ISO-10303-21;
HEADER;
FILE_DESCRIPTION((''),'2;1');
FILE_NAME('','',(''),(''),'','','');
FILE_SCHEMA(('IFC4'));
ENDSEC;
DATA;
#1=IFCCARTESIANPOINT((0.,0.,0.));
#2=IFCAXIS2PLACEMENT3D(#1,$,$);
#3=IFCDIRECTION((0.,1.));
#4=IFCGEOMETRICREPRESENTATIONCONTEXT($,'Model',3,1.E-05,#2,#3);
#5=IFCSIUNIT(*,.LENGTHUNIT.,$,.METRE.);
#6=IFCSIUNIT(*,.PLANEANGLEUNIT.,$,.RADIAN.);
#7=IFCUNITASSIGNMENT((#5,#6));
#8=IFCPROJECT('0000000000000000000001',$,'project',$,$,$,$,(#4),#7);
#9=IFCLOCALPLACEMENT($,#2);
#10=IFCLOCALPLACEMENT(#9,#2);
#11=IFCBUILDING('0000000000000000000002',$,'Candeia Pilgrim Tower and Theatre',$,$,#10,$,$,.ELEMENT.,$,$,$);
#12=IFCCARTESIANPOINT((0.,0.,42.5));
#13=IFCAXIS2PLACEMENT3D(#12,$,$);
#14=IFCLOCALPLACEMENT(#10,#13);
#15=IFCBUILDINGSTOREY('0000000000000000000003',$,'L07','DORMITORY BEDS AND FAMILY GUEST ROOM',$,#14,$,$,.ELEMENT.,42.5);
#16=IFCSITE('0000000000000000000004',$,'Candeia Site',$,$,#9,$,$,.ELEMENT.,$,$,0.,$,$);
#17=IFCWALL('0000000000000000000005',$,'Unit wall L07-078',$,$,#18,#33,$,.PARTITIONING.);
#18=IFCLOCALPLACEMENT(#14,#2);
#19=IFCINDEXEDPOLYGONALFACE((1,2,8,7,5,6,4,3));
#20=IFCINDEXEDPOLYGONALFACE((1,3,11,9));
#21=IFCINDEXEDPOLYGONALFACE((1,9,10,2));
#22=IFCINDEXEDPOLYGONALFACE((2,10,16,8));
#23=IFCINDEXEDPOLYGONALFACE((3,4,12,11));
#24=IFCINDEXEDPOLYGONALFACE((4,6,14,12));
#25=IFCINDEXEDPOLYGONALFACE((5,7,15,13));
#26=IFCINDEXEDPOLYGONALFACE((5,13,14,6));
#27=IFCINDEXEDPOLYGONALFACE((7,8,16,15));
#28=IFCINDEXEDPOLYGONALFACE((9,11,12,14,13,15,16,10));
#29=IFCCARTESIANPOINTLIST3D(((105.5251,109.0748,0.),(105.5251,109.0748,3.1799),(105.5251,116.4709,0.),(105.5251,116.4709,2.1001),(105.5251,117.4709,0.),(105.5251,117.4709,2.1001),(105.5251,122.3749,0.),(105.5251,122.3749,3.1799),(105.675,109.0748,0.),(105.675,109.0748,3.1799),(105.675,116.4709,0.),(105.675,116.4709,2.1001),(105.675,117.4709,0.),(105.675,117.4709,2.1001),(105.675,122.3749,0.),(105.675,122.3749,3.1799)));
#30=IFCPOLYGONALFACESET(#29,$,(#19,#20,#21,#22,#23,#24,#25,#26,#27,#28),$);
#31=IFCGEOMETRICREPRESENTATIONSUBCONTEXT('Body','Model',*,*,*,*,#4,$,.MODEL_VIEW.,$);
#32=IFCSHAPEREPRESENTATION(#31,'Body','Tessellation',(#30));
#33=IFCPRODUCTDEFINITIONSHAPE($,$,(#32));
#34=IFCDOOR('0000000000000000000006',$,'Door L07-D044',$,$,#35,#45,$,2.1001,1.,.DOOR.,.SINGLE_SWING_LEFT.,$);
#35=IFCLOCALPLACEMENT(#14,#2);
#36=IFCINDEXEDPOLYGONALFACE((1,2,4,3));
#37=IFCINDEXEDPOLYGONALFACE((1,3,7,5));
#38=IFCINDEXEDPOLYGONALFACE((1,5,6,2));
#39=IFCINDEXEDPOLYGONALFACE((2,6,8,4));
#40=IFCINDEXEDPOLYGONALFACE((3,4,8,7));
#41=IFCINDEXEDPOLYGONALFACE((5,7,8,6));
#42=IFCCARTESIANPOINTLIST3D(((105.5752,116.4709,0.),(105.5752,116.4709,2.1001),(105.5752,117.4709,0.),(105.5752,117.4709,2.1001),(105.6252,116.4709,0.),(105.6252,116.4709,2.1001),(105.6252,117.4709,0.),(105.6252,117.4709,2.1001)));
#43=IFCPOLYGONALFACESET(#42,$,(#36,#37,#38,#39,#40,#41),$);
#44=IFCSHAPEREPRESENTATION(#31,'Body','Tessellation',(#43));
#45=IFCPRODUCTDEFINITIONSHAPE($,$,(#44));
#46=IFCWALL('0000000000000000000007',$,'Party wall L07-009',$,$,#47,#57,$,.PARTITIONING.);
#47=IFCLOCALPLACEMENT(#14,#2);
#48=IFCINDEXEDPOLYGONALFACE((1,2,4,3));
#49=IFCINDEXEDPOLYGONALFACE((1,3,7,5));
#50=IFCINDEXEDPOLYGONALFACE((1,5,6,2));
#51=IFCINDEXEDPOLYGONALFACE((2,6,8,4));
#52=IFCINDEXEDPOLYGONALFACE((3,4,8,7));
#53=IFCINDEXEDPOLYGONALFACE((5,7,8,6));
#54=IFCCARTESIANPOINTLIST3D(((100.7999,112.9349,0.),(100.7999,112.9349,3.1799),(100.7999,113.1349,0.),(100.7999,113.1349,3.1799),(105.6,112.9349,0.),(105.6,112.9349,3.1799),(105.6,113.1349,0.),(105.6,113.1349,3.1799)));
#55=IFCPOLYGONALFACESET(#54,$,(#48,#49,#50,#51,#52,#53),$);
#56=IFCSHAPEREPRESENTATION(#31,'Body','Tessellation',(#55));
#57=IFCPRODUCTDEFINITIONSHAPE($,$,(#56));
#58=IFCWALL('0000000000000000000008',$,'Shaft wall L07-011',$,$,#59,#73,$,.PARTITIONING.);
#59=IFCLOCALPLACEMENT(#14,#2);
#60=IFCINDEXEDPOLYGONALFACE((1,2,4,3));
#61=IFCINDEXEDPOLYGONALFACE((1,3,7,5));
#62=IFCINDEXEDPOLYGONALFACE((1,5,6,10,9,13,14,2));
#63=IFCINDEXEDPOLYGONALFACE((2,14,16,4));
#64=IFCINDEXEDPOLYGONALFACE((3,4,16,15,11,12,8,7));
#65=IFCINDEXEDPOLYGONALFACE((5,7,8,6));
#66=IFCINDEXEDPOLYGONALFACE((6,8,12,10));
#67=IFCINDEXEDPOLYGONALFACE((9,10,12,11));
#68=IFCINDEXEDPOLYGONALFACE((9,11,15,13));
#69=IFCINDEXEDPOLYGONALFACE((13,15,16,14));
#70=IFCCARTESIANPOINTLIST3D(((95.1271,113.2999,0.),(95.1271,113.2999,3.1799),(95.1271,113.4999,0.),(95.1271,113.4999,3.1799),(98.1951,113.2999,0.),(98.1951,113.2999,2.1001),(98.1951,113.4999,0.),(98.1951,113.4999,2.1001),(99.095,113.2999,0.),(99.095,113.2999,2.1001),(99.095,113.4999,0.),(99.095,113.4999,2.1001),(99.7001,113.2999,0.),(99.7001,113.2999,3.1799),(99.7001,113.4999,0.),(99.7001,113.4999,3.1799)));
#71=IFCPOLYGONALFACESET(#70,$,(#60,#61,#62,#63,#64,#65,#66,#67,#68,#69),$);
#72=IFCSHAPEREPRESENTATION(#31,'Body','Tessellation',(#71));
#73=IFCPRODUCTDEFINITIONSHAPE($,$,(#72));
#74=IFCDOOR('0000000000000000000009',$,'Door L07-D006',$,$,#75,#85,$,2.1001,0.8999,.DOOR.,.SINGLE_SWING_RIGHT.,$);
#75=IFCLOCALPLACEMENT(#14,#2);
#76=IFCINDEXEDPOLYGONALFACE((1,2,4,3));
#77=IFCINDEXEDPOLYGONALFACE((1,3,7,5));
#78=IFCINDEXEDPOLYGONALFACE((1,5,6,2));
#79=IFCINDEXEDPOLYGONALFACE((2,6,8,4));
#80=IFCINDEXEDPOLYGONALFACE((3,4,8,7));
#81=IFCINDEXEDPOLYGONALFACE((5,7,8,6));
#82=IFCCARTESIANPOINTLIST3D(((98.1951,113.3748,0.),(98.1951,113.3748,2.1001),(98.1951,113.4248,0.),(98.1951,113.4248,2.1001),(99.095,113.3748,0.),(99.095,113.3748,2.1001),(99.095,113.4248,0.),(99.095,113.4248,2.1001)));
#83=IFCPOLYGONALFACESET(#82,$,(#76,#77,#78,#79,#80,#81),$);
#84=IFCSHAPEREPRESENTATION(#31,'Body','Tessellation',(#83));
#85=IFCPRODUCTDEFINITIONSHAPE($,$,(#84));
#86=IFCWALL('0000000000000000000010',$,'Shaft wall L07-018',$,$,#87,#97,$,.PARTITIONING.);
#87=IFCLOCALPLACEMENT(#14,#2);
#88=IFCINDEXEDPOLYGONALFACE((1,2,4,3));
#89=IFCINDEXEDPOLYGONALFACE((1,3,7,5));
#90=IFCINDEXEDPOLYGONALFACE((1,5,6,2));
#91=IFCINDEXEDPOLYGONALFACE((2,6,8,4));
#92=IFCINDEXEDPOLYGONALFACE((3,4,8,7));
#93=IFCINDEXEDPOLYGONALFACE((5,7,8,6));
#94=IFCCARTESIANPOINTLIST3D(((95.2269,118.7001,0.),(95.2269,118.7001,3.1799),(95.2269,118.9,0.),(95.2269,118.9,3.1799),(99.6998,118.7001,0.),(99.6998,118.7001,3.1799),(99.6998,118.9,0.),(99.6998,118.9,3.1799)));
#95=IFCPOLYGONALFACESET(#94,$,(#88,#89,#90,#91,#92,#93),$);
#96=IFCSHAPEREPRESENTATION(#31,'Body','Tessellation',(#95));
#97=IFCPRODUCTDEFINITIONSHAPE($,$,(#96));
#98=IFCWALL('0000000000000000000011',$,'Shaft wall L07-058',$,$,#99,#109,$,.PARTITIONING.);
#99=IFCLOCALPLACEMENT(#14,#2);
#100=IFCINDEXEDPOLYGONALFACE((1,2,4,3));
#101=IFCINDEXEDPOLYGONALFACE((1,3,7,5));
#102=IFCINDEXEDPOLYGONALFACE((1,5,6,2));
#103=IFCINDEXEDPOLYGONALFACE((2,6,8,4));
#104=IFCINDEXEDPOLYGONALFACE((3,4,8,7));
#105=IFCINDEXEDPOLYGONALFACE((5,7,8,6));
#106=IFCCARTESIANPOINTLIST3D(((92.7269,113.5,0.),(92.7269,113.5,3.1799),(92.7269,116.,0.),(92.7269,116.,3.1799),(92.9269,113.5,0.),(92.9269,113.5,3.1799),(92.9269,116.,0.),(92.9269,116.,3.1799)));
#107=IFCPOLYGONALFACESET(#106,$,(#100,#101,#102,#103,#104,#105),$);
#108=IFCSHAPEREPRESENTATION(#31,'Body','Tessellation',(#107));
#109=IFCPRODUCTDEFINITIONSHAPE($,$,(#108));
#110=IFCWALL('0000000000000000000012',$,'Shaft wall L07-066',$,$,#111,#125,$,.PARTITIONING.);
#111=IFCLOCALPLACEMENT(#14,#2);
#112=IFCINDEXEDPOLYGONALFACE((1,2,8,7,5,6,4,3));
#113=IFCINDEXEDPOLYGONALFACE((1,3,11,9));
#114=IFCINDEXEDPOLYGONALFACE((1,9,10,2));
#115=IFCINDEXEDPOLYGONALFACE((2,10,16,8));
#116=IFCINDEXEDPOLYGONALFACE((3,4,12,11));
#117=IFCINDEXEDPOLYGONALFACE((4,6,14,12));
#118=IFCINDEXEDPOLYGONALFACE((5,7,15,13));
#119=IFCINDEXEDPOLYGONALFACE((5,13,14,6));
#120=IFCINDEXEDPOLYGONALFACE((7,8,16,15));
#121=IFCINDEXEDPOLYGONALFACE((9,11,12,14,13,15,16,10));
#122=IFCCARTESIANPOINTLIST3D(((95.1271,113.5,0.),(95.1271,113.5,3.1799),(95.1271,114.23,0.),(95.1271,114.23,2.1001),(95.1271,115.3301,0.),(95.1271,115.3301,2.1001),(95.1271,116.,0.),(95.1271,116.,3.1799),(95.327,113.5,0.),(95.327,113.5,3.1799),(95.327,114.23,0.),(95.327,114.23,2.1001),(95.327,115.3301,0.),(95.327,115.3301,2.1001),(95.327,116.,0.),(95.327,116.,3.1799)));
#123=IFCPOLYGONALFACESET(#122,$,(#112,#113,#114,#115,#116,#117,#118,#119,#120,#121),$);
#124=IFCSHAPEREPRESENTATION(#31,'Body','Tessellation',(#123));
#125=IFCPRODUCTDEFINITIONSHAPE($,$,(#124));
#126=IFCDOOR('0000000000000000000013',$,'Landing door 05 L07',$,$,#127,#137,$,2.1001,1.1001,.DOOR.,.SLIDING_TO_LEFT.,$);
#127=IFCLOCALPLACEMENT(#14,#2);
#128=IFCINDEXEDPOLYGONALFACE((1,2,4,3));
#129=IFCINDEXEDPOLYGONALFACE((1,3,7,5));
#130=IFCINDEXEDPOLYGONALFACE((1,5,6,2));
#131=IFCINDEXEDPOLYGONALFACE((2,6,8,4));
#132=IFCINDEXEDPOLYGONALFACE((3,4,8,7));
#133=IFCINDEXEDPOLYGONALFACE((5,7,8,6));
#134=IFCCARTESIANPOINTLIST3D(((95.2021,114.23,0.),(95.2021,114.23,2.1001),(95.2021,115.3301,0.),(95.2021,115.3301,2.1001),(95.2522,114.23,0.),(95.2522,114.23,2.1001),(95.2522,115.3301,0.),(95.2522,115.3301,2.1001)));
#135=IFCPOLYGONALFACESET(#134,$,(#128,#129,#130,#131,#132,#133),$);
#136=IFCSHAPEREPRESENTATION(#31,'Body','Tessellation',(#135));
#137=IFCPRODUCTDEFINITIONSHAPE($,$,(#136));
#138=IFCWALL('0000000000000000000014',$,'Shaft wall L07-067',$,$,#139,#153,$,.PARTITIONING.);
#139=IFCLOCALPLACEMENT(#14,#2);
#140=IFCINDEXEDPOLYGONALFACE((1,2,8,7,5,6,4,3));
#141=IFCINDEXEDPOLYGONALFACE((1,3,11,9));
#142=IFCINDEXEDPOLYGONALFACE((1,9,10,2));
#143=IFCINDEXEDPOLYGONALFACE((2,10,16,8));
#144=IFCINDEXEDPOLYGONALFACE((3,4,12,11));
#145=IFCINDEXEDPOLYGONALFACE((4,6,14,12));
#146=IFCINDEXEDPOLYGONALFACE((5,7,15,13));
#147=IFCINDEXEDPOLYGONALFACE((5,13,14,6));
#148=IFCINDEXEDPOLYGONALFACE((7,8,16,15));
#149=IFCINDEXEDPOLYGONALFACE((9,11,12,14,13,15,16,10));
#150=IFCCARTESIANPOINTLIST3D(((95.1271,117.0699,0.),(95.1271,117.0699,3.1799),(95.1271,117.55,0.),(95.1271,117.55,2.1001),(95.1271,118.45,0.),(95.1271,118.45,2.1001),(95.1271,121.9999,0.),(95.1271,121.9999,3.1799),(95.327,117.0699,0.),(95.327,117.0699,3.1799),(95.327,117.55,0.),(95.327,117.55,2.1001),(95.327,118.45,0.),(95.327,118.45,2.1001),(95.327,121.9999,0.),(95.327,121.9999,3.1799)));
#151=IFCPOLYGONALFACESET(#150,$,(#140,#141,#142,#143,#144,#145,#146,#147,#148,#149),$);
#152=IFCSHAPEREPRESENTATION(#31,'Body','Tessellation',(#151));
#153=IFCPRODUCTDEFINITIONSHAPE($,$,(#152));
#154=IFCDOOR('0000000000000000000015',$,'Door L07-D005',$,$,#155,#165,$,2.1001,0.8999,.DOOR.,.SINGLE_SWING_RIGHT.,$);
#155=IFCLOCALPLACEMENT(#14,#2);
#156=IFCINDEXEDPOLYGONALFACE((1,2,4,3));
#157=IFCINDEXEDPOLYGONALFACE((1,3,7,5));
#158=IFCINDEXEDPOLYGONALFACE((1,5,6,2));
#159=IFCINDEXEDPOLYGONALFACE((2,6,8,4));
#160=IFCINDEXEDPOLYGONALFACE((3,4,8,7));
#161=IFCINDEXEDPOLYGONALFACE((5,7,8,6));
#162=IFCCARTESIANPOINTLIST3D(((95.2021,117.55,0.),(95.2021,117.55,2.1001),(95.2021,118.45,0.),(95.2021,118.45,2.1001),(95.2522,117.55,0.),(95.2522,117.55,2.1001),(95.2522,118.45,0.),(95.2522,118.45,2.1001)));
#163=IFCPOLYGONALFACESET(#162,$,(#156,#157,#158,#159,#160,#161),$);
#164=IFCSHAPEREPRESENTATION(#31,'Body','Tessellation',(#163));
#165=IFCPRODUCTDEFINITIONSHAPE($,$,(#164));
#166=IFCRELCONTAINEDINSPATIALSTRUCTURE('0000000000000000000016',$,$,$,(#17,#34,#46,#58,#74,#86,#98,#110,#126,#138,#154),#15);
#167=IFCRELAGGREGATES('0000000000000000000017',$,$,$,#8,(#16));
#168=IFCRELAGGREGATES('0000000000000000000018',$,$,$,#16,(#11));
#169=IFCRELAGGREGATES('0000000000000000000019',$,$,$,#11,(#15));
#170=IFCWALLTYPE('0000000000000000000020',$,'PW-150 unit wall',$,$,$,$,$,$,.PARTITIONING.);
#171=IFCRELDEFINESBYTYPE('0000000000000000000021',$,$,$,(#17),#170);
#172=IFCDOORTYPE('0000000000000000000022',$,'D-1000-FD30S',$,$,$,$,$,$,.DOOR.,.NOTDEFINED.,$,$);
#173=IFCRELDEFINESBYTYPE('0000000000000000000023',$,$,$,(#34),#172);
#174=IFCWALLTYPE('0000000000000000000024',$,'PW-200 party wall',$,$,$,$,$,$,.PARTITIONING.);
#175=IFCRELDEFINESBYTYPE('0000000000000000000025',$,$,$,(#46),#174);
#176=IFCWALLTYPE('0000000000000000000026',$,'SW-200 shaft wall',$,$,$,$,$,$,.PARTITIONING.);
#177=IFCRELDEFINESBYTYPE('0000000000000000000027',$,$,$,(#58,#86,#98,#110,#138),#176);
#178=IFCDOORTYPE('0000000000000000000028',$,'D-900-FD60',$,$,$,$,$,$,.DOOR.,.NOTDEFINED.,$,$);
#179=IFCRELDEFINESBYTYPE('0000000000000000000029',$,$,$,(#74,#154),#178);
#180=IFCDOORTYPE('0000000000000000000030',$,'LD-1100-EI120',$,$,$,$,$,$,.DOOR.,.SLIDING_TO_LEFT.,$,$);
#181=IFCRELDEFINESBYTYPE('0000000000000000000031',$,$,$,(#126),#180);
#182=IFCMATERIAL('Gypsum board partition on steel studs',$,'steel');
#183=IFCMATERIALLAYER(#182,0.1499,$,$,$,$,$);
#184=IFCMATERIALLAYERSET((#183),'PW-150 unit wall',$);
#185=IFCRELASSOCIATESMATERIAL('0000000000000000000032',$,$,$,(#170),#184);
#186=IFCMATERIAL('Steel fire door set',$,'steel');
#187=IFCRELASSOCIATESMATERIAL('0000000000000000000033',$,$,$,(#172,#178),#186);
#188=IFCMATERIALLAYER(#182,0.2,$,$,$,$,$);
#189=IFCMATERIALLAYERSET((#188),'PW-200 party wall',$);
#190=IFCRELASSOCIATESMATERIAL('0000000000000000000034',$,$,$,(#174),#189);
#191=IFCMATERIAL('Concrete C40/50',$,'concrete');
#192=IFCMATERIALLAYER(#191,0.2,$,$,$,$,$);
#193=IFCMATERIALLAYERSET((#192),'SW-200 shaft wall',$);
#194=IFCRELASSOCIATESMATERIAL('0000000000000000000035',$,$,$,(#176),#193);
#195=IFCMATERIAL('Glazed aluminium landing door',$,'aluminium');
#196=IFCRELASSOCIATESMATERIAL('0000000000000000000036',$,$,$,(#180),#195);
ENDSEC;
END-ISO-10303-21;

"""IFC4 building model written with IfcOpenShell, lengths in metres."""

from ifc_helpers import new_model, si_unit, direction, frame, frame_2d, origin, place, context, subcontext, project, spatial, rectangle, extrude, material, layer, layer_set, type_object, element, fill, save


model = new_model("IFC4")

# Units and contexts
model_context = context("Model", 3, precision=1e-05, world=origin(), true_north=direction((0.0, 1.0)))
body_context = subcontext(model_context, "Body", "Model", "MODEL_VIEW")
ifc_project = project(units=[si_unit("LENGTHUNIT", "METRE"), si_unit("PLANEANGLEUNIT", "RADIAN")], contexts=[model_context])

# Site, building, storey
site_placement = place(None, origin())
site = spatial("IfcSite", under=ifc_project, at=site_placement, Name="Candeia Site", CompositionType="ELEMENT", RefElevation=0.0)
building_placement = place(site_placement, origin())
building = spatial("IfcBuilding", under=site, at=building_placement, Name="Candeia Pilgrim Tower and Theatre", CompositionType="ELEMENT")
storey_placement = place(building_placement, frame((0.0, 0.0, 42.5)))
storey = spatial("IfcBuildingStorey", under=building, at=storey_placement, Name="L07", Description="DORMITORY BEDS AND FAMILY GUEST ROOM", CompositionType="ELEMENT", Elevation=42.5)

# Shared definitions
ifc_material_1 = material(Name="Steel fire door set", Category="steel")

# Shared definitions
ifc_material_2 = material(Name="Gypsum board partition on steel studs", Category="steel")

# Shared definitions
ifc_layer_1 = layer(ifc_material_2, 0.1499)
ifc_layer_set_1 = layer_set([ifc_layer_1], Name="PW-150 unit wall")
wall_type_1 = type_object("IfcWallType", Name="PW-150 unit wall", PredefinedType="PARTITIONING", material=ifc_layer_set_1)
door_type_1 = type_object("IfcDoorType", Name="D-1000-FD30S", OperationType="NOTDEFINED", PredefinedType="DOOR", material=ifc_material_1)

# Wall, opening, door
wall_1_placement = place(storey_placement, frame((105.6001, 109.075, 0.0), z_axis=(0.0, 0.0, 1.0), x_axis=(0.0, 1.0, 0.0)))
wall_1 = element("IfcWall", 1, at=wall_1_placement, inside=storey, type_object=wall_type_1, Name="Unit wall L07-078", PredefinedType="PARTITIONING", context=body_context, shape_type="SweptSolid", body=[
    extrude(rectangle(XDim=13.3, YDim=0.1499, at=frame_2d((6.6499, 0.0))), origin(), (0.0, 0.0, 1.0), 3.1799),
])
opening_1_placement = place(wall_1_placement, frame((7.396, 0.0, 0.0)))
opening_1 = element("IfcOpeningElement", 2, at=opening_1_placement, cuts=wall_1, PredefinedType="OPENING", context=body_context, shape_type="SweptSolid", body=[
    extrude(rectangle(XDim=1.0, YDim=2.1001, at=frame_2d((0.5, 1.05))), frame((0.0, 0.085, 0.0), z_axis=(0.0, -1.0, 0.0), x_axis=(1.0, 0.0, 0.0)), (0.0, 0.0, 1.0), 0.1699),
])
door_1_placement = place(opening_1_placement, origin())
door_1 = element("IfcDoor", 3, at=door_1_placement, inside=storey, type_object=door_type_1, Name="Door L07-D044", OperationType="SINGLE_SWING_LEFT", OverallHeight=2.1001, OverallWidth=1.0, PredefinedType="DOOR", context=body_context, shape_type="SweptSolid", body=[
    extrude(rectangle(XDim=1.0, YDim=2.1001, at=frame_2d((0.5, 1.05))), frame((0.0, 0.0249, 0.0), z_axis=(0.0, -1.0, 0.0), x_axis=(1.0, 0.0, 0.0)), (0.0, 0.0, 1.0), 0.05),
])
fill(opening_1, door_1)

# Wall
ifc_layer_2 = layer(ifc_material_2, 0.2)
ifc_layer_set_2 = layer_set([ifc_layer_2], Name="PW-200 party wall")
wall_type_2 = type_object("IfcWallType", Name="PW-200 party wall", PredefinedType="PARTITIONING", material=ifc_layer_set_2)
wall_2_placement = place(storey_placement, frame((100.8, 113.0349, 0.0), z_axis=(0.0, 0.0, 1.0), x_axis=(1.0, 0.0, 0.0)))
element("IfcWall", 4, at=wall_2_placement, inside=storey, type_object=wall_type_2, Name="Party wall L07-009", PredefinedType="PARTITIONING", context=body_context, shape_type="SweptSolid", body=[
    extrude(rectangle(XDim=4.8, YDim=0.2, at=frame_2d((2.3999, 0.0))), origin(), (0.0, 0.0, 1.0), 3.1799),
])

# Wall, opening, door
ifc_material_3 = material(Name="Concrete C40/50", Category="concrete")
ifc_layer_3 = layer(ifc_material_3, 0.2)
ifc_layer_set_3 = layer_set([ifc_layer_3], Name="SW-200 shaft wall")
wall_type_3 = type_object("IfcWallType", Name="SW-200 shaft wall", PredefinedType="PARTITIONING", material=ifc_layer_set_3)
wall_3_placement = place(storey_placement, frame((95.127, 113.3999, 0.0), z_axis=(0.0, 0.0, 1.0), x_axis=(1.0, 0.0, 0.0)))
wall_3 = element("IfcWall", 5, at=wall_3_placement, inside=storey, type_object=wall_type_3, Name="Shaft wall L07-011", PredefinedType="PARTITIONING", context=body_context, shape_type="SweptSolid", body=[
    extrude(rectangle(XDim=4.573, YDim=0.2, at=frame_2d((2.2866, 0.0))), origin(), (0.0, 0.0, 1.0), 3.1799),
])
opening_2_placement = place(wall_3_placement, frame((3.0681, 0.0, 0.0)))
opening_2 = element("IfcOpeningElement", 6, at=opening_2_placement, cuts=wall_3, PredefinedType="OPENING", context=body_context, shape_type="SweptSolid", body=[
    extrude(rectangle(XDim=0.8999, YDim=2.1001, at=frame_2d((0.45, 1.05))), frame((0.0, 0.1099, 0.0), z_axis=(0.0, -1.0, 0.0), x_axis=(1.0, 0.0, 0.0)), (0.0, 0.0, 1.0), 0.22),
])
door_type_2 = type_object("IfcDoorType", Name="D-900-FD60", OperationType="NOTDEFINED", PredefinedType="DOOR", material=ifc_material_1)
door_2_placement = place(opening_2_placement, origin())
door_2 = element("IfcDoor", 7, at=door_2_placement, inside=storey, type_object=door_type_2, Name="Door L07-D006", OperationType="SINGLE_SWING_RIGHT", OverallHeight=2.1001, OverallWidth=0.8999, PredefinedType="DOOR", context=body_context, shape_type="SweptSolid", body=[
    extrude(rectangle(XDim=0.8999, YDim=2.1001, at=frame_2d((0.45, 1.05))), frame((0.0, 0.0249, 0.0), z_axis=(0.0, -1.0, 0.0), x_axis=(1.0, 0.0, 0.0)), (0.0, 0.0, 1.0), 0.05),
])
fill(opening_2, door_2)

# Walls
wall_4_placement = place(storey_placement, frame((95.2271, 118.8, 0.0), z_axis=(0.0, 0.0, 1.0), x_axis=(1.0, 0.0, 0.0)))
element("IfcWall", 8, at=wall_4_placement, inside=storey, type_object=wall_type_3, Name="Shaft wall L07-018", PredefinedType="PARTITIONING", context=body_context, shape_type="SweptSolid", body=[
    extrude(rectangle(XDim=4.4729, YDim=0.2, at=frame_2d((2.2363, 0.0))), origin(), (0.0, 0.0, 1.0), 3.1799),
])
wall_5_placement = place(storey_placement, frame((92.8269, 113.5, 0.0), z_axis=(0.0, 0.0, 1.0), x_axis=(0.0, 1.0, 0.0)))
element("IfcWall", 9, at=wall_5_placement, inside=storey, type_object=wall_type_3, Name="Shaft wall L07-058", PredefinedType="PARTITIONING", context=body_context, shape_type="SweptSolid", body=[
    extrude(rectangle(XDim=2.5, YDim=0.2, at=frame_2d((1.25, 0.0))), origin(), (0.0, 0.0, 1.0), 3.1799),
])

# Walls, openings, doors
wall_6_placement = place(storey_placement, frame((95.2271, 113.5, 0.0), z_axis=(0.0, 0.0, 1.0), x_axis=(0.0, 1.0, 0.0)))
wall_6 = element("IfcWall", 10, at=wall_6_placement, inside=storey, type_object=wall_type_3, Name="Shaft wall L07-066", PredefinedType="PARTITIONING", context=body_context, shape_type="SweptSolid", body=[
    extrude(rectangle(XDim=2.5, YDim=0.2, at=frame_2d((1.25, 0.0))), origin(), (0.0, 0.0, 1.0), 3.1799),
])
opening_3_placement = place(wall_6_placement, frame((0.73, 0.0, 0.0)))
opening_3 = element("IfcOpeningElement", 11, at=opening_3_placement, cuts=wall_6, PredefinedType="OPENING", context=body_context, shape_type="SweptSolid", body=[
    extrude(rectangle(XDim=1.1001, YDim=2.1001, at=frame_2d((0.55, 1.05))), frame((0.0, 0.1099, 0.0), z_axis=(0.0, -1.0, 0.0), x_axis=(1.0, 0.0, 0.0)), (0.0, 0.0, 1.0), 0.22),
])
ifc_material_4 = material(Name="Glazed aluminium landing door", Category="aluminium")
door_type_3 = type_object("IfcDoorType", Name="LD-1100-EI120", OperationType="SLIDING_TO_LEFT", PredefinedType="DOOR", material=ifc_material_4)
door_3_placement = place(opening_3_placement, origin())
door_3 = element("IfcDoor", 12, at=door_3_placement, inside=storey, type_object=door_type_3, Name="Landing door 05 L07", OperationType="SLIDING_TO_LEFT", OverallHeight=2.1001, OverallWidth=1.1001, PredefinedType="DOOR", context=body_context, shape_type="SweptSolid", body=[
    extrude(rectangle(XDim=1.1001, YDim=2.1001, at=frame_2d((0.55, 1.05))), frame((0.0, 0.0249, 0.0), z_axis=(0.0, -1.0, 0.0), x_axis=(1.0, 0.0, 0.0)), (0.0, 0.0, 1.0), 0.05),
])
fill(opening_3, door_3)
wall_7_placement = place(storey_placement, frame((95.2271, 117.0701, 0.0), z_axis=(0.0, 0.0, 1.0), x_axis=(0.0, 1.0, 0.0)))
wall_7 = element("IfcWall", 13, at=wall_7_placement, inside=storey, type_object=wall_type_3, Name="Shaft wall L07-067", PredefinedType="PARTITIONING", context=body_context, shape_type="SweptSolid", body=[
    extrude(rectangle(XDim=4.9299, YDim=0.2, at=frame_2d((2.4648, 0.0))), origin(), (0.0, 0.0, 1.0), 3.1799),
])
opening_4_placement = place(wall_7_placement, frame((0.48, 0.0, 0.0)))
opening_4 = element("IfcOpeningElement", 14, at=opening_4_placement, cuts=wall_7, PredefinedType="OPENING", context=body_context, shape_type="SweptSolid", body=[
    extrude(rectangle(XDim=0.8999, YDim=2.1001, at=frame_2d((0.45, 1.05))), frame((0.0, 0.1099, 0.0), z_axis=(0.0, -1.0, 0.0), x_axis=(1.0, 0.0, 0.0)), (0.0, 0.0, 1.0), 0.22),
])
door_4_placement = place(opening_4_placement, origin())
door_4 = element("IfcDoor", 15, at=door_4_placement, inside=storey, type_object=door_type_2, Name="Door L07-D005", OperationType="SINGLE_SWING_RIGHT", OverallHeight=2.1001, OverallWidth=0.8999, PredefinedType="DOOR", context=body_context, shape_type="SweptSolid", body=[
    extrude(rectangle(XDim=0.8999, YDim=2.1001, at=frame_2d((0.45, 1.05))), frame((0.0, 0.0249, 0.0), z_axis=(0.0, -1.0, 0.0), x_axis=(1.0, 0.0, 0.0)), (0.0, 0.0, 1.0), 0.05),
])
fill(opening_4, door_4)

save(model, "model.ifc")
